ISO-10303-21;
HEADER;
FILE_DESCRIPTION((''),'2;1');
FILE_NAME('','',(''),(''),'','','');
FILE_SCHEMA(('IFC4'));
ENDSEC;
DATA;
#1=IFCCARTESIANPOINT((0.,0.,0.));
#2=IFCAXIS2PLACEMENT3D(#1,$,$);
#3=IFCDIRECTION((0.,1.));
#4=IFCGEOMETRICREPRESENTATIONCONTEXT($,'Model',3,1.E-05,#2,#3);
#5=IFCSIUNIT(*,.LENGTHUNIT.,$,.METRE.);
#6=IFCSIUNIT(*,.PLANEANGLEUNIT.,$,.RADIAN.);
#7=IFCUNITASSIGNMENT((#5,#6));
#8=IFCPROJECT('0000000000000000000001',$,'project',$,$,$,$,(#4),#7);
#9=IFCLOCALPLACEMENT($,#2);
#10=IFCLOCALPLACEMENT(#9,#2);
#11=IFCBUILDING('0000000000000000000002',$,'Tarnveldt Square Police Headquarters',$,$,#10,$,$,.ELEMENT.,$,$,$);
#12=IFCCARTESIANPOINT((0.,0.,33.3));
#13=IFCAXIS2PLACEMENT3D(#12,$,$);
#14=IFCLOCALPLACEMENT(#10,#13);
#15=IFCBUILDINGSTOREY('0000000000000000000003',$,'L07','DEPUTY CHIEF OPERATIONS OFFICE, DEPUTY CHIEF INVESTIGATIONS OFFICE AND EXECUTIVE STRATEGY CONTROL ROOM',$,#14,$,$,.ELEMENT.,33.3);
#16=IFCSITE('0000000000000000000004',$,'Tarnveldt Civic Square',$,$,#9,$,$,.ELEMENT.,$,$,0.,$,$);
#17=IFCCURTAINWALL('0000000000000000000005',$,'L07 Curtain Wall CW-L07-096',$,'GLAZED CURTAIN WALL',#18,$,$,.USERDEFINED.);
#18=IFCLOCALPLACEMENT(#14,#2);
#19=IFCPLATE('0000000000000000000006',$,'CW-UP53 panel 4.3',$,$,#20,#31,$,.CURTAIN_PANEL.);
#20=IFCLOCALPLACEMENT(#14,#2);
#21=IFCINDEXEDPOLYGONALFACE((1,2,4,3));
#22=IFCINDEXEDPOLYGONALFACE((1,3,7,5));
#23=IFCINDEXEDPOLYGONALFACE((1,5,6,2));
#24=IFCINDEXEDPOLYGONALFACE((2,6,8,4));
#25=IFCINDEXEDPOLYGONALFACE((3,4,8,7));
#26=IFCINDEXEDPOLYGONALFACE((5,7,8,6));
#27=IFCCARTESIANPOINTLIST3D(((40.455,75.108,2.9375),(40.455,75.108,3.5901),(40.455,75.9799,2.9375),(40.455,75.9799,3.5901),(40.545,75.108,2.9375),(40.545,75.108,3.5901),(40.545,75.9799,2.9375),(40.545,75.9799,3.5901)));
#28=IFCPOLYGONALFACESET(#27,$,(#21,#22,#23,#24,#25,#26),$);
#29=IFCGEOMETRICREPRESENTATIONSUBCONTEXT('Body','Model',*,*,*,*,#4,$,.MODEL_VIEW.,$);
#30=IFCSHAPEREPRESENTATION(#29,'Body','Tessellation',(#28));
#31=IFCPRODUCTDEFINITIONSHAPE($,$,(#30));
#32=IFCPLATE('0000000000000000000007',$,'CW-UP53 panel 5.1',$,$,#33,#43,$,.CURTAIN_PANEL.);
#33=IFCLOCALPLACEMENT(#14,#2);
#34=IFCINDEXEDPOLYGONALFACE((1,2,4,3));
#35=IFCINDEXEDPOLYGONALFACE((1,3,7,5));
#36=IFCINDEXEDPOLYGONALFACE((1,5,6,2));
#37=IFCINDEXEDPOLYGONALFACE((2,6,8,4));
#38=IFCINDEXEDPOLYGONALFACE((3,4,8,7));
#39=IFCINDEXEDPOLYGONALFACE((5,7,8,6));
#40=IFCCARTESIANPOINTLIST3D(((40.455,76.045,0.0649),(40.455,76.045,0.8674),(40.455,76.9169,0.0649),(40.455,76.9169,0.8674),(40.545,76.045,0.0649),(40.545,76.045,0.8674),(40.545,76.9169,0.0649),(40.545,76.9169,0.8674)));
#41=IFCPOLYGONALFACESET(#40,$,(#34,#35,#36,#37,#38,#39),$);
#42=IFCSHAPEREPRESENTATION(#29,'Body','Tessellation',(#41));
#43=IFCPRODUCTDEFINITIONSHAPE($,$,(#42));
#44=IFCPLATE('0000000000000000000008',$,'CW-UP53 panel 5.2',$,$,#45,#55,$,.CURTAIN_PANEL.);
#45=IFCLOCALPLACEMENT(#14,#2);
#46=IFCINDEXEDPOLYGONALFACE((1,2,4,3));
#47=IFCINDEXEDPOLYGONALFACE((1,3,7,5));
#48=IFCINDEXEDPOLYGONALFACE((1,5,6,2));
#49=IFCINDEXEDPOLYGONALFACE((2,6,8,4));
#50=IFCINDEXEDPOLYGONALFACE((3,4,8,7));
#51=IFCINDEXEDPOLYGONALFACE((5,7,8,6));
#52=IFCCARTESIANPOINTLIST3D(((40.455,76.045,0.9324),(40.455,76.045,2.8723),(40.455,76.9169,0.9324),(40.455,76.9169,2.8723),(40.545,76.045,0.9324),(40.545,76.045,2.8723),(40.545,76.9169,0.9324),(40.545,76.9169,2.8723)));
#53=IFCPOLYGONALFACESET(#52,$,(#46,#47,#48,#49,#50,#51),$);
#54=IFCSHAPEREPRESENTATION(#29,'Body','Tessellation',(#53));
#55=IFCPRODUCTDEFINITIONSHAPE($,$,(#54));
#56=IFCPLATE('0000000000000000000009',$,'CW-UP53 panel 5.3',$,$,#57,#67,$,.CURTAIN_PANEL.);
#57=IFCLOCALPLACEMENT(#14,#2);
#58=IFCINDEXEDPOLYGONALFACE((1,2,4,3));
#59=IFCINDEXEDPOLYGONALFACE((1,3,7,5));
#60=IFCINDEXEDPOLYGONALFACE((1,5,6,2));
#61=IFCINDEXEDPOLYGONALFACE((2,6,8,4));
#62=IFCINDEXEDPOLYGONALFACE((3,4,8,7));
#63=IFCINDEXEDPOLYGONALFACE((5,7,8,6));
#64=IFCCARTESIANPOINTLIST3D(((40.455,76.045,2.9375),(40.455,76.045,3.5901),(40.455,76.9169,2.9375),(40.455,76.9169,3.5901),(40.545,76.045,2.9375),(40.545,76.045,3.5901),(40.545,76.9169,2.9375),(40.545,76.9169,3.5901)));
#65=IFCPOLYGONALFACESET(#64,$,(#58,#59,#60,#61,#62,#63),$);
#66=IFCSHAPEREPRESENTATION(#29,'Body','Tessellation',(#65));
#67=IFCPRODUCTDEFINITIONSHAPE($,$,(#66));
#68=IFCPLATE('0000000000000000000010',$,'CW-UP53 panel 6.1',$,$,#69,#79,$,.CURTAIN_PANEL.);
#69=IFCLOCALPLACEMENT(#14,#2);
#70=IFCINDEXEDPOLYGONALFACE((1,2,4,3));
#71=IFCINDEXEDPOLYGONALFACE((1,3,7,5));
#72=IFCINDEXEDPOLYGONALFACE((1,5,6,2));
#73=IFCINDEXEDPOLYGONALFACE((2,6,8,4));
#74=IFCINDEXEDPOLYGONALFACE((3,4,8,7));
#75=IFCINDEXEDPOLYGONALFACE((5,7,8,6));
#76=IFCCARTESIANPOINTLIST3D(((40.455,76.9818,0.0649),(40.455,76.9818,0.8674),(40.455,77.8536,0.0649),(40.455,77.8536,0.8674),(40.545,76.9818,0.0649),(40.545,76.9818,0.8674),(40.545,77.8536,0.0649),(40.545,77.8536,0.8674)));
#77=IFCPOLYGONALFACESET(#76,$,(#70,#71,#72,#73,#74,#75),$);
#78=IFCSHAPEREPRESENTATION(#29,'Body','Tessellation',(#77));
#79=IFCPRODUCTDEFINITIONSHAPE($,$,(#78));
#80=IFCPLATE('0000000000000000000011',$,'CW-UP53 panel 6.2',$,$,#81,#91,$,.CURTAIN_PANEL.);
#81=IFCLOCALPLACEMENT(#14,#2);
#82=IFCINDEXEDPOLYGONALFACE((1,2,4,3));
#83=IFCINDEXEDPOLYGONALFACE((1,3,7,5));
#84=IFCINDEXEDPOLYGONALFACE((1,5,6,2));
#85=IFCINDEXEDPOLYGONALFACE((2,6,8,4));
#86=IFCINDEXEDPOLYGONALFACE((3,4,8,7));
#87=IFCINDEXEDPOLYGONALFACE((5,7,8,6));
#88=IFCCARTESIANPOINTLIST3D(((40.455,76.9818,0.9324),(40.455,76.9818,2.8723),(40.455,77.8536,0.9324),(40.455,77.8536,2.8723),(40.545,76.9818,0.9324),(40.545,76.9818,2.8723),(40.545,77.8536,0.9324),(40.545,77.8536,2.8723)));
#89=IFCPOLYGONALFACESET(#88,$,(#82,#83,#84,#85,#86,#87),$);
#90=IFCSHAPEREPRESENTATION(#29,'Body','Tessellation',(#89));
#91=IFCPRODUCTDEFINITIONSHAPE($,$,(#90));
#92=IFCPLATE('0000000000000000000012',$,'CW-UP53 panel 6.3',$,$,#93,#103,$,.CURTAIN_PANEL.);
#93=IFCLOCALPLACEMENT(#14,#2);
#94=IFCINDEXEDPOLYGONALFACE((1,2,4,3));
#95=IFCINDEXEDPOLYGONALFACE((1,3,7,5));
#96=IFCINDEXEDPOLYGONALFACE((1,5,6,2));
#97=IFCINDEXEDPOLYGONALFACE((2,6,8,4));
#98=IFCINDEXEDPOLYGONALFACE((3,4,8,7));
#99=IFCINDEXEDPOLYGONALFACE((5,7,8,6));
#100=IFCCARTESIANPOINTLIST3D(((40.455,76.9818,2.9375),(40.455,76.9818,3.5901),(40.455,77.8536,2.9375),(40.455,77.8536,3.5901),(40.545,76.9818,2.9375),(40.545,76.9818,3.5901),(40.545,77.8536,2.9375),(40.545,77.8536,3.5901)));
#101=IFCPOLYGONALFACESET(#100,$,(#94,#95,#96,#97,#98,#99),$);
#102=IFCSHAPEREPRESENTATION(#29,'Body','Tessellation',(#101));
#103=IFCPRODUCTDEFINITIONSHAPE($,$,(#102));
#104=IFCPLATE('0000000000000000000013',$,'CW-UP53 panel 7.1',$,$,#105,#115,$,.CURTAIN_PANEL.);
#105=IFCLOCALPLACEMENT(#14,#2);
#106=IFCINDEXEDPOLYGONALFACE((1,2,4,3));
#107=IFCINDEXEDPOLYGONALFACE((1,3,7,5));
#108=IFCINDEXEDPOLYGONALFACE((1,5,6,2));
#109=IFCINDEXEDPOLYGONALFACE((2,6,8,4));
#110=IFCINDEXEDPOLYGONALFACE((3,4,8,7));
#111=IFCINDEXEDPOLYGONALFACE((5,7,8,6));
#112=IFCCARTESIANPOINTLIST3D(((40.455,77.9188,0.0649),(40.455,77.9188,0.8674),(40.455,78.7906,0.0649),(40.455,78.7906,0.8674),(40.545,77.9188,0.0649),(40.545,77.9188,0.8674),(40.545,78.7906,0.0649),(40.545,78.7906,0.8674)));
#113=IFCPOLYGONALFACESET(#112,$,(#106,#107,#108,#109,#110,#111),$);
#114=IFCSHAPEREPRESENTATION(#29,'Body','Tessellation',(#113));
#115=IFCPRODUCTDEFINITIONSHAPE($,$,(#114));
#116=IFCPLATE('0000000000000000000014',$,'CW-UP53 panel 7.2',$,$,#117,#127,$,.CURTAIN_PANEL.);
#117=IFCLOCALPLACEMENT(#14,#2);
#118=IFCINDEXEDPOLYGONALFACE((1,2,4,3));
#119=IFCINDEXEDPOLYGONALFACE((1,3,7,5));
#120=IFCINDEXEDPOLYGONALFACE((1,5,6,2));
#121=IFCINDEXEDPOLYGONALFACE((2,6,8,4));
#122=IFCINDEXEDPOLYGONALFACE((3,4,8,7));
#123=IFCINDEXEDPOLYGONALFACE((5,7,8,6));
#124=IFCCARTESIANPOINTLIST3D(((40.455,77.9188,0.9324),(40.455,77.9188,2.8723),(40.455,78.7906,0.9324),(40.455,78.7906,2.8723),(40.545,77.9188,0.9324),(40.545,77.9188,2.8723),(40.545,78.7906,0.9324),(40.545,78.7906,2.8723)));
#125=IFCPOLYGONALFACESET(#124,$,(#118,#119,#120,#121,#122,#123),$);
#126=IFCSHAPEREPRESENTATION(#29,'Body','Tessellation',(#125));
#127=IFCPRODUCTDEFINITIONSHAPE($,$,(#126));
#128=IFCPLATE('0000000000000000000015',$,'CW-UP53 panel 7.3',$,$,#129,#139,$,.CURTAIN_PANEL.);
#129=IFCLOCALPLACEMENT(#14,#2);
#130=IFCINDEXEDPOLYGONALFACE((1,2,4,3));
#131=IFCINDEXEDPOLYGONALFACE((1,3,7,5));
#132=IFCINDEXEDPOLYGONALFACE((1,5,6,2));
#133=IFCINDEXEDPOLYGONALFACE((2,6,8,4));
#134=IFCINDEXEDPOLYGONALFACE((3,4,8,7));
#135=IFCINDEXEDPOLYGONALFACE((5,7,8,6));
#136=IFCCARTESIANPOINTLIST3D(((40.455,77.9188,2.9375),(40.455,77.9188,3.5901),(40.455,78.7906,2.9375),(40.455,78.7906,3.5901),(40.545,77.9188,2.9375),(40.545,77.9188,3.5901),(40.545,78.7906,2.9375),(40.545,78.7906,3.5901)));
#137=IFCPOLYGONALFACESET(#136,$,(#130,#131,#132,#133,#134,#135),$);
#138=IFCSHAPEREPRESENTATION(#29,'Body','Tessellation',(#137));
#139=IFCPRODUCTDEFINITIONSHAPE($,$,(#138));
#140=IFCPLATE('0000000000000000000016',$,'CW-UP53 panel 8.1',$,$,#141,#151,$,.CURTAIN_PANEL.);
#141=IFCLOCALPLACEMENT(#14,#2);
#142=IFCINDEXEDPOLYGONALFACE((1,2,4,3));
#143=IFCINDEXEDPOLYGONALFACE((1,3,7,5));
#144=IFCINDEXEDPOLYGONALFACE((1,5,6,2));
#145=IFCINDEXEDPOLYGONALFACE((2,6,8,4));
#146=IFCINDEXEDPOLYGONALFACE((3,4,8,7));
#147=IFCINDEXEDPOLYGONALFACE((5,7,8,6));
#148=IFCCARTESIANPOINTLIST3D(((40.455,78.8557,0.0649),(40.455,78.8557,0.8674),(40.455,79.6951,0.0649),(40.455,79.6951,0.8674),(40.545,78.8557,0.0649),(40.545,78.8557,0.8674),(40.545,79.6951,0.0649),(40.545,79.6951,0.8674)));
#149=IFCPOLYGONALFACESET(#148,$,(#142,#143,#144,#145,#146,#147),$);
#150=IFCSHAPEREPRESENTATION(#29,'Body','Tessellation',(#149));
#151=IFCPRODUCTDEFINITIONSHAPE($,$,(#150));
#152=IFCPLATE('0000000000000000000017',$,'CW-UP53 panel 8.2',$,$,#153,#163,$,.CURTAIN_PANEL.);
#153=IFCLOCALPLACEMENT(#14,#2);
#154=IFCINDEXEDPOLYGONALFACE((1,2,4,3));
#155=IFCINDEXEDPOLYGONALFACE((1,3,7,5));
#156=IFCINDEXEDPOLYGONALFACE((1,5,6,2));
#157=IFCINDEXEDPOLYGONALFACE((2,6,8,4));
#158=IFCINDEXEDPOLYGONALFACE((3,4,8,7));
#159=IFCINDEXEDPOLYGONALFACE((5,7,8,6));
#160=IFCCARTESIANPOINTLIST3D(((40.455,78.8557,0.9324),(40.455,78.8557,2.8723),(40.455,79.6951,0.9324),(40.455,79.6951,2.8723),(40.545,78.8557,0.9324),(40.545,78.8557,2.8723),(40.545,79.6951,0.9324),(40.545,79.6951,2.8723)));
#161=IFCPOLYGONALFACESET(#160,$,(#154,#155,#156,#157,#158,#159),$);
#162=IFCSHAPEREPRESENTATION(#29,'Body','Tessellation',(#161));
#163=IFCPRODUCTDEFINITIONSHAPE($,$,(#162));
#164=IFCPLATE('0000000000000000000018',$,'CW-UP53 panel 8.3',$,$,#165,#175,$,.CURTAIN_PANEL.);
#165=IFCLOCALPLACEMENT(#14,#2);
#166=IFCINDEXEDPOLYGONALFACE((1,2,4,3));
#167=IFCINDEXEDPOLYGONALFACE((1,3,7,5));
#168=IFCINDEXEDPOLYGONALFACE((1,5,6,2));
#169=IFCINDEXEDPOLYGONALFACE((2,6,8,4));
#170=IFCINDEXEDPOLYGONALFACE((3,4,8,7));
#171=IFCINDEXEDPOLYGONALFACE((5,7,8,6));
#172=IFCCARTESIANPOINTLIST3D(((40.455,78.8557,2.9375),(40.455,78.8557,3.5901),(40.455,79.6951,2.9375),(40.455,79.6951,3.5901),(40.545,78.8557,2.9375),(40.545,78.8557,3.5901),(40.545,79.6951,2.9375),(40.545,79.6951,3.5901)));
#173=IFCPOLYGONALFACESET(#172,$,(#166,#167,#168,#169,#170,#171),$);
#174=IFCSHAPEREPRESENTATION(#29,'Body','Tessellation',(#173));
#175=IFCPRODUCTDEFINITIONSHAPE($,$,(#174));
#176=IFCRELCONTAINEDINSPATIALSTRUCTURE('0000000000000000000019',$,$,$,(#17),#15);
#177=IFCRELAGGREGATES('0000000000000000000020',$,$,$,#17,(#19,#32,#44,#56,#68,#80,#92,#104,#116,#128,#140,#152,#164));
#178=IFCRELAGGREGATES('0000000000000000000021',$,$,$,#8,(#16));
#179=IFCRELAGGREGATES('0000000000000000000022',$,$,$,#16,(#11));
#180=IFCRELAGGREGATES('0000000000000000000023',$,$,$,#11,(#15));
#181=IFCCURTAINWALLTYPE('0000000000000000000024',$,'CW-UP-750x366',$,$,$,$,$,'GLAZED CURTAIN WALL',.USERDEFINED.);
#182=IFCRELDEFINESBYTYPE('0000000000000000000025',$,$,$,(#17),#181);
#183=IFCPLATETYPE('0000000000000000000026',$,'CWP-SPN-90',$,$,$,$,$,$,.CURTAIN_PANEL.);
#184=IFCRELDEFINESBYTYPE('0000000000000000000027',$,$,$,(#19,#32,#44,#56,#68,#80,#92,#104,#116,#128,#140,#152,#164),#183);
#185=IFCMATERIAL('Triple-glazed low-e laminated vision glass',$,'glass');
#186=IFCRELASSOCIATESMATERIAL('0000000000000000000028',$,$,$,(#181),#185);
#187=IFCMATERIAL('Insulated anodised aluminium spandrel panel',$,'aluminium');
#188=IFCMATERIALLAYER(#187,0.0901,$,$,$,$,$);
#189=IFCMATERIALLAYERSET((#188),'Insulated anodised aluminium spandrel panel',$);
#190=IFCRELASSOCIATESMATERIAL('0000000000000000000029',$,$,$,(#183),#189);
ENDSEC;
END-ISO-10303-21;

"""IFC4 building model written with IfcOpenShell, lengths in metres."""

from ifc_helpers import new_model, si_unit, direction, frame, origin, origin_2d, place, context, subcontext, project, spatial, rectangle, extrude, material, layer, layer_set, type_object, element, aggregate, save


model = new_model("IFC4")

# Units and contexts
model_context = context("Model", 3, precision=1e-05, world=origin(), true_north=direction((0.0, 1.0)))
body_context = subcontext(model_context, "Body", "Model", "MODEL_VIEW")
ifc_project = project(units=[si_unit("LENGTHUNIT", "METRE"), si_unit("PLANEANGLEUNIT", "RADIAN")], contexts=[model_context])

# Site, building, storey
site_placement = place(None, origin())
site = spatial("IfcSite", under=ifc_project, at=site_placement, Name="Tarnveldt Civic Square", CompositionType="ELEMENT", RefElevation=0.0)
building_placement = place(site_placement, origin())
building = spatial("IfcBuilding", under=site, at=building_placement, Name="Tarnveldt Square Police Headquarters", CompositionType="ELEMENT")
storey_placement = place(building_placement, frame((0.0, 0.0, 33.3)))
storey = spatial("IfcBuildingStorey", under=building, at=storey_placement, Name="L07", Description="DEPUTY CHIEF OPERATIONS OFFICE, DEPUTY CHIEF INVESTIGATIONS OFFICE AND EXECUTIVE STRATEGY CONTROL ROOM", CompositionType="ELEMENT", Elevation=33.3)

# Curtain wall
ifc_material_1 = material(Name="Triple-glazed low-e laminated vision glass", Category="glass")
curtain_wall_type_1 = type_object("IfcCurtainWallType", Name="CW-UP-750x366", ElementType="GLAZED CURTAIN WALL", PredefinedType="USERDEFINED", material=ifc_material_1)
curtain_wall_1_placement = place(storey_placement, origin())
curtain_wall_1 = element("IfcCurtainWall", 1, at=curtain_wall_1_placement, inside=storey, type_object=curtain_wall_type_1, Name="L07 Curtain Wall CW-L07-096", ObjectType="GLAZED CURTAIN WALL", PredefinedType="USERDEFINED")

# Plates
ifc_material_2 = material(Name="Insulated anodised aluminium spandrel panel", Category="aluminium")
ifc_layer = layer(ifc_material_2, 0.0901)
ifc_layer_set = layer_set([ifc_layer], Name="Insulated anodised aluminium spandrel panel")
plate_type = type_object("IfcPlateType", Name="CWP-SPN-90", PredefinedType="CURTAIN_PANEL", material=ifc_layer_set)
plate_1_placement = place(storey_placement, frame((40.5, 75.5439, 2.9375), z_axis=(0.0, 0.0, 1.0), x_axis=(0.0, 1.0, 0.0)))
plate_1 = element("IfcPlate", 2, at=plate_1_placement, type_object=plate_type, Name="CW-UP53 panel 4.3", PredefinedType="CURTAIN_PANEL", context=body_context, shape_type="SweptSolid", body=[
    extrude(rectangle(XDim=0.8718, YDim=0.0901, at=origin_2d()), origin(), (0.0, 0.0, 1.0), 0.6526),
])
plate_2_placement = place(storey_placement, frame((40.5, 76.481, 0.0649), z_axis=(0.0, 0.0, 1.0), x_axis=(0.0, 1.0, 0.0)))
plate_2 = element("IfcPlate", 3, at=plate_2_placement, type_object=plate_type, Name="CW-UP53 panel 5.1", PredefinedType="CURTAIN_PANEL", context=body_context, shape_type="SweptSolid", body=[
    extrude(rectangle(XDim=0.8718, YDim=0.0901, at=origin_2d()), origin(), (0.0, 0.0, 1.0), 0.8025),
])
plate_3_placement = place(storey_placement, frame((40.5, 76.481, 0.9324), z_axis=(0.0, 0.0, 1.0), x_axis=(0.0, 1.0, 0.0)))
plate_3 = element("IfcPlate", 4, at=plate_3_placement, type_object=plate_type, Name="CW-UP53 panel 5.2", PredefinedType="CURTAIN_PANEL", context=body_context, shape_type="SweptSolid", body=[
    extrude(rectangle(XDim=0.8718, YDim=0.0901, at=origin_2d()), origin(), (0.0, 0.0, 1.0), 1.9399),
])
plate_4_placement = place(storey_placement, frame((40.5, 76.481, 2.9375), z_axis=(0.0, 0.0, 1.0), x_axis=(0.0, 1.0, 0.0)))
plate_4 = element("IfcPlate", 5, at=plate_4_placement, type_object=plate_type, Name="CW-UP53 panel 5.3", PredefinedType="CURTAIN_PANEL", context=body_context, shape_type="SweptSolid", body=[
    extrude(rectangle(XDim=0.8718, YDim=0.0901, at=origin_2d()), origin(), (0.0, 0.0, 1.0), 0.6526),
])
plate_5_placement = place(storey_placement, frame((40.5, 77.4177, 0.0649), z_axis=(0.0, 0.0, 1.0), x_axis=(0.0, 1.0, 0.0)))
plate_5 = element("IfcPlate", 6, at=plate_5_placement, type_object=plate_type, Name="CW-UP53 panel 6.1", PredefinedType="CURTAIN_PANEL", context=body_context, shape_type="SweptSolid", body=[
    extrude(rectangle(XDim=0.8718, YDim=0.0901, at=origin_2d()), origin(), (0.0, 0.0, 1.0), 0.8025),
])
plate_6_placement = place(storey_placement, frame((40.5, 77.4177, 0.9324), z_axis=(0.0, 0.0, 1.0), x_axis=(0.0, 1.0, 0.0)))
plate_6 = element("IfcPlate", 7, at=plate_6_placement, type_object=plate_type, Name="CW-UP53 panel 6.2", PredefinedType="CURTAIN_PANEL", context=body_context, shape_type="SweptSolid", body=[
    extrude(rectangle(XDim=0.8718, YDim=0.0901, at=origin_2d()), origin(), (0.0, 0.0, 1.0), 1.9399),
])
plate_7_placement = place(storey_placement, frame((40.5, 77.4177, 2.9375), z_axis=(0.0, 0.0, 1.0), x_axis=(0.0, 1.0, 0.0)))
plate_7 = element("IfcPlate", 8, at=plate_7_placement, type_object=plate_type, Name="CW-UP53 panel 6.3", PredefinedType="CURTAIN_PANEL", context=body_context, shape_type="SweptSolid", body=[
    extrude(rectangle(XDim=0.8718, YDim=0.0901, at=origin_2d()), origin(), (0.0, 0.0, 1.0), 0.6526),
])
plate_8_placement = place(storey_placement, frame((40.5, 78.3547, 0.0649), z_axis=(0.0, 0.0, 1.0), x_axis=(0.0, 1.0, 0.0)))
plate_8 = element("IfcPlate", 9, at=plate_8_placement, type_object=plate_type, Name="CW-UP53 panel 7.1", PredefinedType="CURTAIN_PANEL", context=body_context, shape_type="SweptSolid", body=[
    extrude(rectangle(XDim=0.8718, YDim=0.0901, at=origin_2d()), origin(), (0.0, 0.0, 1.0), 0.8025),
])
plate_9_placement = place(storey_placement, frame((40.5, 78.3547, 0.9324), z_axis=(0.0, 0.0, 1.0), x_axis=(0.0, 1.0, 0.0)))
plate_9 = element("IfcPlate", 10, at=plate_9_placement, type_object=plate_type, Name="CW-UP53 panel 7.2", PredefinedType="CURTAIN_PANEL", context=body_context, shape_type="SweptSolid", body=[
    extrude(rectangle(XDim=0.8718, YDim=0.0901, at=origin_2d()), origin(), (0.0, 0.0, 1.0), 1.9399),
])
plate_10_placement = place(storey_placement, frame((40.5, 78.3547, 2.9375), z_axis=(0.0, 0.0, 1.0), x_axis=(0.0, 1.0, 0.0)))
plate_10 = element("IfcPlate", 11, at=plate_10_placement, type_object=plate_type, Name="CW-UP53 panel 7.3", PredefinedType="CURTAIN_PANEL", context=body_context, shape_type="SweptSolid", body=[
    extrude(rectangle(XDim=0.8718, YDim=0.0901, at=origin_2d()), origin(), (0.0, 0.0, 1.0), 0.6526),
])
plate_11_placement = place(storey_placement, frame((40.5, 79.2754, 0.0649), z_axis=(0.0, 0.0, 1.0), x_axis=(0.0, 1.0, 0.0)))
plate_11 = element("IfcPlate", 12, at=plate_11_placement, type_object=plate_type, Name="CW-UP53 panel 8.1", PredefinedType="CURTAIN_PANEL", context=body_context, shape_type="SweptSolid", body=[
    extrude(rectangle(XDim=0.8394, YDim=0.0901, at=origin_2d()), origin(), (0.0, 0.0, 1.0), 0.8025),
])
plate_12_placement = place(storey_placement, frame((40.5, 79.2754, 0.9324), z_axis=(0.0, 0.0, 1.0), x_axis=(0.0, 1.0, 0.0)))
plate_12 = element("IfcPlate", 13, at=plate_12_placement, type_object=plate_type, Name="CW-UP53 panel 8.2", PredefinedType="CURTAIN_PANEL", context=body_context, shape_type="SweptSolid", body=[
    extrude(rectangle(XDim=0.8394, YDim=0.0901, at=origin_2d()), origin(), (0.0, 0.0, 1.0), 1.9399),
])
plate_13_placement = place(storey_placement, frame((40.5, 79.2754, 2.9375), z_axis=(0.0, 0.0, 1.0), x_axis=(0.0, 1.0, 0.0)))
plate_13 = element("IfcPlate", 14, at=plate_13_placement, type_object=plate_type, Name="CW-UP53 panel 8.3", PredefinedType="CURTAIN_PANEL", context=body_context, shape_type="SweptSolid", body=[
    extrude(rectangle(XDim=0.8394, YDim=0.0901, at=origin_2d()), origin(), (0.0, 0.0, 1.0), 0.6526),
])
aggregate(curtain_wall_1, [plate_1, plate_2, plate_3, plate_4, plate_5, plate_6, plate_7, plate_8, plate_9, plate_10, plate_11, plate_12, plate_13])

save(model, "model.ifc")
